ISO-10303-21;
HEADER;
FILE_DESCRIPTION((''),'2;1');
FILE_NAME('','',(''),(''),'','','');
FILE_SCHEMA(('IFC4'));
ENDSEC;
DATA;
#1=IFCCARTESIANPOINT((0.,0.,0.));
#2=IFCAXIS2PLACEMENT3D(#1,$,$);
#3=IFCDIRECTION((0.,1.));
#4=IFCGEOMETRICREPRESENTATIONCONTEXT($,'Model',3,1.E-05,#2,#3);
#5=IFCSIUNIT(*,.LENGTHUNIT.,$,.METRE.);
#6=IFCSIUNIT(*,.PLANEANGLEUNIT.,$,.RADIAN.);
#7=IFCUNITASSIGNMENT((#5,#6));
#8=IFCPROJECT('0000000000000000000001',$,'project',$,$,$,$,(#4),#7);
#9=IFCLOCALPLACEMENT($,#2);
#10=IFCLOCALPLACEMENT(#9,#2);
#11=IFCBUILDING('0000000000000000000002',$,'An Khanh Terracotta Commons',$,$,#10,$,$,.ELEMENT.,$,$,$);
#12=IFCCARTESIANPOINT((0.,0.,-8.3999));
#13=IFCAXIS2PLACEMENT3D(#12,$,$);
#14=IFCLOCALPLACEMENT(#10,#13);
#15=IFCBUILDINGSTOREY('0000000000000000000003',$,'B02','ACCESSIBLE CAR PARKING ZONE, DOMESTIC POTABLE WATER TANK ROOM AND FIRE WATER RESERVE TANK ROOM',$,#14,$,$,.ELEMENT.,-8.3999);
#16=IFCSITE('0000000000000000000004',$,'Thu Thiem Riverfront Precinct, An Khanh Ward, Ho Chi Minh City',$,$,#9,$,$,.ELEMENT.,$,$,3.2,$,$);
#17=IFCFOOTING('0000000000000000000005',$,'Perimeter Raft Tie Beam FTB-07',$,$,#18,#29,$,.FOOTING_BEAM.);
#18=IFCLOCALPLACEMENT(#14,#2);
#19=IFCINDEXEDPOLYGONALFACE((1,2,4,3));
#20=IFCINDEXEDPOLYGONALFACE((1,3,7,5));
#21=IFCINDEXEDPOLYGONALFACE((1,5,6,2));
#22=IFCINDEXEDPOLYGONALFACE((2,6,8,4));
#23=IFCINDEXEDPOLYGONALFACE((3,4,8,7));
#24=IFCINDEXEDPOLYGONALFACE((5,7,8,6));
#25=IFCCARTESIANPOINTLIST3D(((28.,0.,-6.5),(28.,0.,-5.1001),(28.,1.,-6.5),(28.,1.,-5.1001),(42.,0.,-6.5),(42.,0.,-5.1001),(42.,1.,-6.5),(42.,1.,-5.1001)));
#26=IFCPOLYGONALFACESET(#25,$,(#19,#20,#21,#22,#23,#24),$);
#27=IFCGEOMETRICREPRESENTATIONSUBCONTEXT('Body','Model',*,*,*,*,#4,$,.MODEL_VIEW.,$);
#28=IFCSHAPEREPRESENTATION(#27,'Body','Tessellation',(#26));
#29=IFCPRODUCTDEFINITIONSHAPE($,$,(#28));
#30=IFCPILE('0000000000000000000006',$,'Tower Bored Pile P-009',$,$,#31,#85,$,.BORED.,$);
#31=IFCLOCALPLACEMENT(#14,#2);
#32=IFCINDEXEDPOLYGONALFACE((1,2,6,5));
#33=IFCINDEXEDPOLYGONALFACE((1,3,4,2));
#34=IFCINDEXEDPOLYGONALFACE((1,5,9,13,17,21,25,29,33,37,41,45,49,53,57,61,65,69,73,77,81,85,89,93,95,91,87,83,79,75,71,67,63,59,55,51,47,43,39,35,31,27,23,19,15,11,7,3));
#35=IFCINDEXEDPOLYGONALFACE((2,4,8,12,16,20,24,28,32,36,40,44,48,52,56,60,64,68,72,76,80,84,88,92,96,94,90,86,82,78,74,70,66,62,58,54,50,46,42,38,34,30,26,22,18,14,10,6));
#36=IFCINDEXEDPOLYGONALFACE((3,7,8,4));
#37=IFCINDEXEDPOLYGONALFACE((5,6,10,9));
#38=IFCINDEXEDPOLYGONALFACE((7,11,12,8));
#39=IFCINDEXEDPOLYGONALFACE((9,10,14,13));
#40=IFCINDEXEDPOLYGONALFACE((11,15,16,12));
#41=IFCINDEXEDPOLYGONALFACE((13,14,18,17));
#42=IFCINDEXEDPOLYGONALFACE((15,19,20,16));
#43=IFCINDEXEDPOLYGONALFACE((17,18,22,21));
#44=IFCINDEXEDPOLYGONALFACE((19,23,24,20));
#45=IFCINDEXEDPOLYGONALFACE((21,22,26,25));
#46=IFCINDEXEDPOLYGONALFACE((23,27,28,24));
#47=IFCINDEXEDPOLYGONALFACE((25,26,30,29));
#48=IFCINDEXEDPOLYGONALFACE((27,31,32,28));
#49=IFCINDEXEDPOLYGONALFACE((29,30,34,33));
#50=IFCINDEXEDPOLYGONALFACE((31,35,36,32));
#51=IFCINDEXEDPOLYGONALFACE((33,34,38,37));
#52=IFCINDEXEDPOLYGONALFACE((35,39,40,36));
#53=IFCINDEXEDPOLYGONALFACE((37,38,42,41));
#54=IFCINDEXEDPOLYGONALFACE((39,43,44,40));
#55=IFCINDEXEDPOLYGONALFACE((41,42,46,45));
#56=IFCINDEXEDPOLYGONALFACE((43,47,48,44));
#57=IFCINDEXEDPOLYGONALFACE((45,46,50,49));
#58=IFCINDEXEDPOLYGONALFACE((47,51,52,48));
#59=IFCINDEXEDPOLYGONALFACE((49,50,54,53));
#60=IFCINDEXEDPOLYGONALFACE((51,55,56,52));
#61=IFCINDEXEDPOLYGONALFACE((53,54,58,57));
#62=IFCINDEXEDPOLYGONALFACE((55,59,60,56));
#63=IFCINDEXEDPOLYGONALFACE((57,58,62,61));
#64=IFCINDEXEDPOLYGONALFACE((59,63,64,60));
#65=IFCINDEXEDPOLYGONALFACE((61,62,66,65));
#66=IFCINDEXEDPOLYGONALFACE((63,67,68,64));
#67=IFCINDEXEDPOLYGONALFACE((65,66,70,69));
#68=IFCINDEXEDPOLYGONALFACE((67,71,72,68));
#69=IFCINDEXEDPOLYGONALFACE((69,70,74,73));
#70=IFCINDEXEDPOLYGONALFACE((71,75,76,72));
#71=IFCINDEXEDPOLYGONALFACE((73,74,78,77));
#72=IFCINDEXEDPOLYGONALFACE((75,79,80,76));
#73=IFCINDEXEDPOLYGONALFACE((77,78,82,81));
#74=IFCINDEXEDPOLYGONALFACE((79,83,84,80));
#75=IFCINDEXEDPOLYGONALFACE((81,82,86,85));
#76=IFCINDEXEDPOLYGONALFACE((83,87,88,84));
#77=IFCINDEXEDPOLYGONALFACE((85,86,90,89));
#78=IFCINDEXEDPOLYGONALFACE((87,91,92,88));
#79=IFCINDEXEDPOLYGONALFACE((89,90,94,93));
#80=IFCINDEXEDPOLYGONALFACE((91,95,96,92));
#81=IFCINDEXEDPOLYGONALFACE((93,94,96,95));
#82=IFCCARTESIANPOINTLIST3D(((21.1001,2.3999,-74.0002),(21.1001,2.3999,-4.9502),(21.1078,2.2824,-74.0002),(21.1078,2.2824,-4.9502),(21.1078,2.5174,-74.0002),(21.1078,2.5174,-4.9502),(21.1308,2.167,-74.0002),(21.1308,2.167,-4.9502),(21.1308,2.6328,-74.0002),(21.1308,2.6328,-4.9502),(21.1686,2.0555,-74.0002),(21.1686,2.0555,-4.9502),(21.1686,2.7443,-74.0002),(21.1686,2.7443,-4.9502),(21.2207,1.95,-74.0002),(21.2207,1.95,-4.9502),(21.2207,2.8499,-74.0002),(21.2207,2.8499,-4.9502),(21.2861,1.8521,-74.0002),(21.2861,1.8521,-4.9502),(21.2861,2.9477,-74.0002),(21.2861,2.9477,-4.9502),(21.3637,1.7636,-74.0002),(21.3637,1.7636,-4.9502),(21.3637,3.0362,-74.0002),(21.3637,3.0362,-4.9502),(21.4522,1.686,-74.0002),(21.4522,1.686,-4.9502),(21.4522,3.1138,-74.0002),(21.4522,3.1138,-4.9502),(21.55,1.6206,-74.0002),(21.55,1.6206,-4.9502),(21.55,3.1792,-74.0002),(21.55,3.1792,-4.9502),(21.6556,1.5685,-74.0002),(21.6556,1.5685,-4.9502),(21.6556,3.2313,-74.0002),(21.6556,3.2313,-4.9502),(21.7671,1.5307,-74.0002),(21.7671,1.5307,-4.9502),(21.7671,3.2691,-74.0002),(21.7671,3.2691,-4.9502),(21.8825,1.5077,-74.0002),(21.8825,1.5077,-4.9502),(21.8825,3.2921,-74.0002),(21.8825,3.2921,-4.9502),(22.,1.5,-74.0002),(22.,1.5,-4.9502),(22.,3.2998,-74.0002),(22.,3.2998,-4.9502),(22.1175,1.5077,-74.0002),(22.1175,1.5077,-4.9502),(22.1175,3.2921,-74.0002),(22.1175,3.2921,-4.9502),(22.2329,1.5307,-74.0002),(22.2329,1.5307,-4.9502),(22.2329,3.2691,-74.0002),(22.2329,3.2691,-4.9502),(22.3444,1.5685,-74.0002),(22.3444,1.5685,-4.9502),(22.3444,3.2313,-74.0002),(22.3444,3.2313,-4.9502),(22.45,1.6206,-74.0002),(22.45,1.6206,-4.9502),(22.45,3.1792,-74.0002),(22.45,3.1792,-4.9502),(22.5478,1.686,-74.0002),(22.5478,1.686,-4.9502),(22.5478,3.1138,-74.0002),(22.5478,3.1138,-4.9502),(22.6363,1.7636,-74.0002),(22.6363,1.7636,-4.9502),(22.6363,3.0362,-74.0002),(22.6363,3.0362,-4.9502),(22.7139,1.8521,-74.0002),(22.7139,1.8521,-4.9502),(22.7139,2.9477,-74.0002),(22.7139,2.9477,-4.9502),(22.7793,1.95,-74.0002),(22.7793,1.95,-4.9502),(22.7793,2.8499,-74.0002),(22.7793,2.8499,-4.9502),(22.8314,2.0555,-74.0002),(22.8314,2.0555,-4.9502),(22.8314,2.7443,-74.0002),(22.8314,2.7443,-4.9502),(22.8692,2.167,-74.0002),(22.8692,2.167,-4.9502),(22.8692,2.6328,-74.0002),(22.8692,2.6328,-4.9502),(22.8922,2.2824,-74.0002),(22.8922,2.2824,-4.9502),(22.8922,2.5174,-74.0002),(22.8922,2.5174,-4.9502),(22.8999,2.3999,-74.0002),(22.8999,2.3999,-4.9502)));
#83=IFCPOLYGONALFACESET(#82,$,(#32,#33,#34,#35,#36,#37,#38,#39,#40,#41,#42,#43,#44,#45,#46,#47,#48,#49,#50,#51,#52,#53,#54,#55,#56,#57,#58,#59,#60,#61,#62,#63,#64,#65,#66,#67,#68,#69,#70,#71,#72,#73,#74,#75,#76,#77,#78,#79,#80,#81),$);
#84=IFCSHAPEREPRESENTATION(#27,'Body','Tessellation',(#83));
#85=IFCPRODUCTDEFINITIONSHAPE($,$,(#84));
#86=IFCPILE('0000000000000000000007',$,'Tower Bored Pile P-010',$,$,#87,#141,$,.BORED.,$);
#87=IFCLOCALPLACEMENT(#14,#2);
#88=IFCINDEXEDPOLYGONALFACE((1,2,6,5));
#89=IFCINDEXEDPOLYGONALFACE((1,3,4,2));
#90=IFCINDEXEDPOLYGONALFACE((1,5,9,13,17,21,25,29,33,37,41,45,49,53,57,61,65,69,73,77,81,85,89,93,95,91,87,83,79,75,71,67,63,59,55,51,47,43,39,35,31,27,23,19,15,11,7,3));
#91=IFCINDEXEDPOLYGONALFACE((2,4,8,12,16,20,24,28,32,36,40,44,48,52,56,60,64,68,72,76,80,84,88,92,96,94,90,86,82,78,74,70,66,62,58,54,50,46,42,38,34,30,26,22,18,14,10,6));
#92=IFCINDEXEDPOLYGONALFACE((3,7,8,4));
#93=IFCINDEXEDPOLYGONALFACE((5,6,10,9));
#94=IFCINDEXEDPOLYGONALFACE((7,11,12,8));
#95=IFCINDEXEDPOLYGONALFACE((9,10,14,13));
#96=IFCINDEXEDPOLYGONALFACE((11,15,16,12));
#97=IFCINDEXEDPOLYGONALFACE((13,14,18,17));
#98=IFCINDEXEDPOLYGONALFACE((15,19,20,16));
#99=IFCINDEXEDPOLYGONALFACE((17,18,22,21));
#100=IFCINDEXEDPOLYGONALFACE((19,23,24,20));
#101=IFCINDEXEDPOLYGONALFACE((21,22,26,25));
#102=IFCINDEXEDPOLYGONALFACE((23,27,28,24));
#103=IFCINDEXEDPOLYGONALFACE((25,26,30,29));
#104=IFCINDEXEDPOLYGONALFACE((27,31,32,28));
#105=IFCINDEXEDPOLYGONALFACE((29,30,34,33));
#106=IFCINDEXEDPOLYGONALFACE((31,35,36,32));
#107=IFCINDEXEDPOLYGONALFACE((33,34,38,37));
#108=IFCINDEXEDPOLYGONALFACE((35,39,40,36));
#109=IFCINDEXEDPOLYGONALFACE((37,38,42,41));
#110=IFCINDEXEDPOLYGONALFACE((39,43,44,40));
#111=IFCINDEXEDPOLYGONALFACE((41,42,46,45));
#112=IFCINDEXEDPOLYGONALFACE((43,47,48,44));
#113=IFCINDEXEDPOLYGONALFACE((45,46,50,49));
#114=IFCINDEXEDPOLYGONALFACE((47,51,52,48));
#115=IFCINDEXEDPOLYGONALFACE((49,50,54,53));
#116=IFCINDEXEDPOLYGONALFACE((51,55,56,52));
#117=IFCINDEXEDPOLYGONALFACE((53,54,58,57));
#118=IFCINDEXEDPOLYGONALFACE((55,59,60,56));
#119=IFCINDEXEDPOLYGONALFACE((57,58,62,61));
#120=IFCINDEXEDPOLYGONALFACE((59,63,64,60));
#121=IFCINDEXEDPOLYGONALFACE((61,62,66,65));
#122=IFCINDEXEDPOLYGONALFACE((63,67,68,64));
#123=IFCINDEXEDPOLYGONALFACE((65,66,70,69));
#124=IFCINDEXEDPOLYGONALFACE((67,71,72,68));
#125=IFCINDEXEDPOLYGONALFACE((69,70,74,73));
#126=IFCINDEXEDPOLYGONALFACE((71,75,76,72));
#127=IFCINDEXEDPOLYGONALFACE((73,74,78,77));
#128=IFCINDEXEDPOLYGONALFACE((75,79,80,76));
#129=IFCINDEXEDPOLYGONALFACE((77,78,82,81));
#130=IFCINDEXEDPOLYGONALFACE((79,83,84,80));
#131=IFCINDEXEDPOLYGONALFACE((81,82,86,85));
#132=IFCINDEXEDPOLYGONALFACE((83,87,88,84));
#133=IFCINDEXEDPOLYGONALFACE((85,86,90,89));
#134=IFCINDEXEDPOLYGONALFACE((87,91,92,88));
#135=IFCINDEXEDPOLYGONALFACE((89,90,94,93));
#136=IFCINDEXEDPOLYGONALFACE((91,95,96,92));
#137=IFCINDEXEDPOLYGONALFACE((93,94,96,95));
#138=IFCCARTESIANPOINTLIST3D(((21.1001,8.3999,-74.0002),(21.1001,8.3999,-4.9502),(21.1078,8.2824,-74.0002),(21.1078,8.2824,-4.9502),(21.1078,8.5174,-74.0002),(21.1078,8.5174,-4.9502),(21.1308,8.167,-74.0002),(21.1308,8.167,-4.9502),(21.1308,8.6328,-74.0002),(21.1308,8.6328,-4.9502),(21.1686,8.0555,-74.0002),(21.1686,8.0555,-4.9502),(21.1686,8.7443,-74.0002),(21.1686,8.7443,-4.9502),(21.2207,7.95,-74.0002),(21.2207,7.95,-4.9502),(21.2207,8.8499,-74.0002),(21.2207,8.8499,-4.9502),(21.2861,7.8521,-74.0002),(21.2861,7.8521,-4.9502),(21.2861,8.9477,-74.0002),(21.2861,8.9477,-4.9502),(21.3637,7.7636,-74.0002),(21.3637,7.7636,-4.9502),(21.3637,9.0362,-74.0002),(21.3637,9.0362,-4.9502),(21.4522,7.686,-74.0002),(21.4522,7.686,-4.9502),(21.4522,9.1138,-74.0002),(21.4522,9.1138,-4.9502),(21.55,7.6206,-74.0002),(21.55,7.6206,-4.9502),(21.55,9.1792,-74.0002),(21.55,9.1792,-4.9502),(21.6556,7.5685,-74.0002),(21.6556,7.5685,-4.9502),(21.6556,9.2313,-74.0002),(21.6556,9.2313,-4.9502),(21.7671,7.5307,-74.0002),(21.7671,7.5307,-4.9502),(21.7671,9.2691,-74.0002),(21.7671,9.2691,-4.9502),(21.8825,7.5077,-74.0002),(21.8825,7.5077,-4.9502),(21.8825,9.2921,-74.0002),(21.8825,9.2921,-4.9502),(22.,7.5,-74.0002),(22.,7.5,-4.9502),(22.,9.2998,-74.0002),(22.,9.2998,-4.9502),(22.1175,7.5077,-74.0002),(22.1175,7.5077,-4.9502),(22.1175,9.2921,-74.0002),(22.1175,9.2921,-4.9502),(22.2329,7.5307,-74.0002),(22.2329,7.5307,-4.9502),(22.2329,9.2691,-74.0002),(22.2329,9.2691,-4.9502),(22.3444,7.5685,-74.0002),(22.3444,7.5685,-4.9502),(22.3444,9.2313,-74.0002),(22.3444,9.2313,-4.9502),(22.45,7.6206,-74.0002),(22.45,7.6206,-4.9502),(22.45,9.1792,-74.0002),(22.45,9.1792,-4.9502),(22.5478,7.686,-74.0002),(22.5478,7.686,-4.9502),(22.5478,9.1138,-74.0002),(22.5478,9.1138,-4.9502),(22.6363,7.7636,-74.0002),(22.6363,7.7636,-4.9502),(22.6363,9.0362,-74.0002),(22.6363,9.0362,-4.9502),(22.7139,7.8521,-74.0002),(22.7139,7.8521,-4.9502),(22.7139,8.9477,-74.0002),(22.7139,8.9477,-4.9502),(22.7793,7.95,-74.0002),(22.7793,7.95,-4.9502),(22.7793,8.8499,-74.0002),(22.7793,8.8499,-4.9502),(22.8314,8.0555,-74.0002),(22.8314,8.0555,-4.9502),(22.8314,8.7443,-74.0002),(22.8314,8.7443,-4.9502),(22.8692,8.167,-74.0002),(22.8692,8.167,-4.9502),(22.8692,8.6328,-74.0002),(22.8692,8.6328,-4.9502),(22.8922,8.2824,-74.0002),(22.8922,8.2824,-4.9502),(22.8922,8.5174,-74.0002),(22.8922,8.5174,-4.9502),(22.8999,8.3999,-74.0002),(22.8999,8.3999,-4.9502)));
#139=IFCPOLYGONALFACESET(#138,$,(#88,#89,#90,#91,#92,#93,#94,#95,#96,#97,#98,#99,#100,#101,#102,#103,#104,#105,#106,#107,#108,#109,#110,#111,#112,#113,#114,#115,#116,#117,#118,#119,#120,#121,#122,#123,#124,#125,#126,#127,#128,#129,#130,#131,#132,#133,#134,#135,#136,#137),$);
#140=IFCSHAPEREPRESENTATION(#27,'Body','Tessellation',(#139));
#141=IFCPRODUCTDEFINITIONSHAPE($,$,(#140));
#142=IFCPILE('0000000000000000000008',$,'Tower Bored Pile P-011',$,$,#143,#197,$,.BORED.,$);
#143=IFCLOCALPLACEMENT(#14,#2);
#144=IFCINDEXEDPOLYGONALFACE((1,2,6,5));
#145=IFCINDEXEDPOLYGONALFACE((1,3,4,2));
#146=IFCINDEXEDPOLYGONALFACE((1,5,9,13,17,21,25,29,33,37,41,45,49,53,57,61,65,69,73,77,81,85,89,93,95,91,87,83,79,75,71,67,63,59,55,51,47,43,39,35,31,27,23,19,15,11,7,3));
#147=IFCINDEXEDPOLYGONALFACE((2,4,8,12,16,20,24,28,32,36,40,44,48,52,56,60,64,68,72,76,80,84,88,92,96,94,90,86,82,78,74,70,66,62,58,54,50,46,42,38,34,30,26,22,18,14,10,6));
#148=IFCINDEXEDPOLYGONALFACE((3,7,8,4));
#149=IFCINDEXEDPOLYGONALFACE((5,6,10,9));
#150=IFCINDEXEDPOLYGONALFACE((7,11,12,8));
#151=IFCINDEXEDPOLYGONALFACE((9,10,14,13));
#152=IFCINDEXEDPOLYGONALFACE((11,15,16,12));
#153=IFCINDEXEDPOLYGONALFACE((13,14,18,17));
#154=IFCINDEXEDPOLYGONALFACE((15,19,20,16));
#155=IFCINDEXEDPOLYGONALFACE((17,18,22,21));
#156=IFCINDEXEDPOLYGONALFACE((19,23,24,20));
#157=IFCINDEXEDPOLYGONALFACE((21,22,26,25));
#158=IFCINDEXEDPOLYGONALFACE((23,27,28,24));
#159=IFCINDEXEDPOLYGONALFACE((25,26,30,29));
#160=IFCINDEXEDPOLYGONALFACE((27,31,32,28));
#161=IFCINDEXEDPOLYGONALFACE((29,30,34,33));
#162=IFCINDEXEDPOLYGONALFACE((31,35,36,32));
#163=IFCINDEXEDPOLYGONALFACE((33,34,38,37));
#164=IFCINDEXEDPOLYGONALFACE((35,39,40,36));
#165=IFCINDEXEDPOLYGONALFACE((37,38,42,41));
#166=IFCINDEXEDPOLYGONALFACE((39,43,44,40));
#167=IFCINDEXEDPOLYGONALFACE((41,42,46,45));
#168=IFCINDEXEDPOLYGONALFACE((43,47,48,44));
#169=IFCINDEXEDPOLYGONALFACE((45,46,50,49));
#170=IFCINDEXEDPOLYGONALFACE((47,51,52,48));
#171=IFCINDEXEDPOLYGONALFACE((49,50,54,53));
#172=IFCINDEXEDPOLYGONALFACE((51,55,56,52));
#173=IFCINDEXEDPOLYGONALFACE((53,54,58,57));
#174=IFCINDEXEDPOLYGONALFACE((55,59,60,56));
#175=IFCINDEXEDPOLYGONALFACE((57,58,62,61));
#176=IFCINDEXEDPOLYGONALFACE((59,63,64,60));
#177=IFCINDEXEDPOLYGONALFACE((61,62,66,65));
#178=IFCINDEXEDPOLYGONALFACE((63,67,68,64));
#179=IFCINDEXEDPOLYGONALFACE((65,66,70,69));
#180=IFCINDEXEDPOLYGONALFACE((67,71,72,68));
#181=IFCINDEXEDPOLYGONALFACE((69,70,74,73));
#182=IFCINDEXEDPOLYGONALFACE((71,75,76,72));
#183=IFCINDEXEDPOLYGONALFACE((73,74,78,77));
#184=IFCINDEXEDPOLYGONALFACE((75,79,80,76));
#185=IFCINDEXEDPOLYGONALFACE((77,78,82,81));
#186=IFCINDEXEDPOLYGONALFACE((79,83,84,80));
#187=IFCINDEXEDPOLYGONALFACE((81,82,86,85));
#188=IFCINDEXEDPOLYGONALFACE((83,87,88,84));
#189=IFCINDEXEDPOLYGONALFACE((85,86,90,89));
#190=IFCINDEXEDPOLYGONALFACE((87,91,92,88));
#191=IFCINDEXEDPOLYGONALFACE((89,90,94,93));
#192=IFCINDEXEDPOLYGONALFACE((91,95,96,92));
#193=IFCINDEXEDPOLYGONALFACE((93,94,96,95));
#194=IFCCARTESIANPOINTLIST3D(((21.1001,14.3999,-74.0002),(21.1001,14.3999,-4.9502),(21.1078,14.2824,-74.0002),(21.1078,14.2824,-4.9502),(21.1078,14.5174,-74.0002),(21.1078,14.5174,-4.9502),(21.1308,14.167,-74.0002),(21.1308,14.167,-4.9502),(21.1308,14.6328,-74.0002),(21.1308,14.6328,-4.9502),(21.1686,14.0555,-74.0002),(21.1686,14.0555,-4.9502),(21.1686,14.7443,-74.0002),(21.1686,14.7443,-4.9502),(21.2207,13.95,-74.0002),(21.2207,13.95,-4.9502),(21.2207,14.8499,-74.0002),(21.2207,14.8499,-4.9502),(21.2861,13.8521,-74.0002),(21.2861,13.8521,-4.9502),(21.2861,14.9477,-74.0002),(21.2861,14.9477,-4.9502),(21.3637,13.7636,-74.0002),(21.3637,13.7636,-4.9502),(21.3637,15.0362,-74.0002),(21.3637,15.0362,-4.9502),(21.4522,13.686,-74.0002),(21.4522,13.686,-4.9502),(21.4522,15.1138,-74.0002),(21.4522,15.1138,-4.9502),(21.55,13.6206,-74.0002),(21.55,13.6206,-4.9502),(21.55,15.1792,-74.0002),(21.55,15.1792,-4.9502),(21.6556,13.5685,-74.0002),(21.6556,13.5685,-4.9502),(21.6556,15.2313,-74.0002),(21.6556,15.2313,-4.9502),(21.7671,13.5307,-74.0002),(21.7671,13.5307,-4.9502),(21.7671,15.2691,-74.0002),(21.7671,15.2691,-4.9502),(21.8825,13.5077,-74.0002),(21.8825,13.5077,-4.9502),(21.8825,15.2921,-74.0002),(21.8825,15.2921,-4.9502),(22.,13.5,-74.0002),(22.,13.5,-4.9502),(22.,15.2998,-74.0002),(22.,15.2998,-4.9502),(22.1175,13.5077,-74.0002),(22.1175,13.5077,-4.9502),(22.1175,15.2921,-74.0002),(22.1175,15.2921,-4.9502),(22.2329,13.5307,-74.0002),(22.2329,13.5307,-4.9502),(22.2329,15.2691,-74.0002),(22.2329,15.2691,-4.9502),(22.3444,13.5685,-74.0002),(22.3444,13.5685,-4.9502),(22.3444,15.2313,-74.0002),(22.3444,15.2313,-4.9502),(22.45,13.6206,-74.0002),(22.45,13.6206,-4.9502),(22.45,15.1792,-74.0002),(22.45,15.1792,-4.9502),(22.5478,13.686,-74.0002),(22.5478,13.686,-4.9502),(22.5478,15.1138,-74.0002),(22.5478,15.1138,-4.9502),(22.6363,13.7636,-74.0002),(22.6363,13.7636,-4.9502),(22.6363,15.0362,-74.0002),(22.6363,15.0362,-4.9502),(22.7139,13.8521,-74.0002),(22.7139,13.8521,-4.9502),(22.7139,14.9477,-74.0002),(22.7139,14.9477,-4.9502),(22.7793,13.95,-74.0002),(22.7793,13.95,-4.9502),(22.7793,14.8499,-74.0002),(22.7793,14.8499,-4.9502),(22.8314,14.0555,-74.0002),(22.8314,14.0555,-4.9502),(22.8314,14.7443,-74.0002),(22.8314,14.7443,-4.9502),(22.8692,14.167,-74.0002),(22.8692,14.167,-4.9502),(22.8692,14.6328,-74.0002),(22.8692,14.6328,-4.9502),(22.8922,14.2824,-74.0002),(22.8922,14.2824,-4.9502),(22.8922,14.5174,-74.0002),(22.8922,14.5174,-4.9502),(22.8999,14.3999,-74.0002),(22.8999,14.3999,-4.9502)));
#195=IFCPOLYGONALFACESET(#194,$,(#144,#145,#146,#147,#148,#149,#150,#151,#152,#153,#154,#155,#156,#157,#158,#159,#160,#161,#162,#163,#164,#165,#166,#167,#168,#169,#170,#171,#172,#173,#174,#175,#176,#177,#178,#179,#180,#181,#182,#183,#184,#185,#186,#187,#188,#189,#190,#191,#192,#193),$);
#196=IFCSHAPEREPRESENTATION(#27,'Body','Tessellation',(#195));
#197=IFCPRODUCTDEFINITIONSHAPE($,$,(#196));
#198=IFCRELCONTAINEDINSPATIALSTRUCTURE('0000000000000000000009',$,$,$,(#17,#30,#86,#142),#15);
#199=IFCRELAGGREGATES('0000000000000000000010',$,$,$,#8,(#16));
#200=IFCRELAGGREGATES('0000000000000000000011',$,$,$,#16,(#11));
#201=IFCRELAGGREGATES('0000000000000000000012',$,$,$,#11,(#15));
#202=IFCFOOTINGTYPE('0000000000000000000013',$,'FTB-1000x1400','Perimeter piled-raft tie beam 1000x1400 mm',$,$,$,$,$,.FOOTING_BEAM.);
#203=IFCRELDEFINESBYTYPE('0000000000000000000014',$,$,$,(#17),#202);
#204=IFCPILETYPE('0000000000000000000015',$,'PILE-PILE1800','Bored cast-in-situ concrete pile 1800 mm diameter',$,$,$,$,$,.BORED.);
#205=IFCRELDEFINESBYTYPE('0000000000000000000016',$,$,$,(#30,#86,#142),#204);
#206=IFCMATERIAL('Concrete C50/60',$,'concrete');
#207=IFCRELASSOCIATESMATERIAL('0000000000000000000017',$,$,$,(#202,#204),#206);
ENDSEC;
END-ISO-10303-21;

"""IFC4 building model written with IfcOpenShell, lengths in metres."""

from ifc_helpers import new_model, si_unit, direction, frame, origin, origin_2d, place, context, subcontext, project, spatial, rectangle, circle, extrude, material, material_profile, profile_set, type_object, element, save


model = new_model("IFC4")

# Units and contexts
model_context = context("Model", 3, precision=1e-05, world=origin(), true_north=direction((0.0, 1.0)))
body_context = subcontext(model_context, "Body", "Model", "MODEL_VIEW")
ifc_project = project(units=[si_unit("LENGTHUNIT", "METRE"), si_unit("PLANEANGLEUNIT", "RADIAN")], contexts=[model_context])

# Site, building, storey
site_placement = place(None, origin())
site = spatial("IfcSite", under=ifc_project, at=site_placement, Name="Thu Thiem Riverfront Precinct, An Khanh Ward, Ho Chi Minh City", CompositionType="ELEMENT", RefElevation=3.2)
building_placement = place(site_placement, origin())
building = spatial("IfcBuilding", under=site, at=building_placement, Name="An Khanh Terracotta Commons", CompositionType="ELEMENT")
storey_placement = place(building_placement, frame((0.0, 0.0, -8.3999)))
storey = spatial("IfcBuildingStorey", under=building, at=storey_placement, Name="B02", Description="ACCESSIBLE CAR PARKING ZONE, DOMESTIC POTABLE WATER TANK ROOM AND FIRE WATER RESERVE TANK ROOM", CompositionType="ELEMENT", Elevation=-8.3999)

# Footing
ifc_material_1 = material(Name="Concrete C50/60", Category="concrete")
ifc_material_profile_1 = material_profile(ifc_material_1, rectangle(XDim=1.0, YDim=1.3999, at=origin_2d()), Name="FTB1000x1400")
ifc_profile_set_1 = profile_set([ifc_material_profile_1], Name="Concrete C50/60")
footing_type = type_object("IfcFootingType", Name="FTB-1000x1400", Description="Perimeter piled-raft tie beam 1000x1400 mm", PredefinedType="FOOTING_BEAM", material=ifc_profile_set_1)
footing_placement = place(storey_placement, frame((28.0, 0.5, -5.8), z_axis=(1.0, 0.0, 0.0), x_axis=(0.0, 1.0, 0.0)))
element("IfcFooting", 1, at=footing_placement, inside=storey, type_object=footing_type, Name="Perimeter Raft Tie Beam FTB-07", PredefinedType="FOOTING_BEAM", context=body_context, shape_type="SweptSolid", body=[
    extrude(rectangle(XDim=1.0, YDim=1.3999, at=origin_2d()), origin(), (0.0, 0.0, 1.0), 14.0),
])

# Piles
ifc_material_profile_2 = material_profile(ifc_material_1, circle(Radius=0.8999, at=origin_2d()), Name="PILE1800")
ifc_profile_set_2 = profile_set([ifc_material_profile_2], Name="Concrete C50/60")
pile_type = type_object("IfcPileType", Name="PILE-PILE1800", Description="Bored cast-in-situ concrete pile 1800 mm diameter", PredefinedType="BORED", material=ifc_profile_set_2)
for number, where, z_axis, x_axis, name in (
    (2, (22.0, 2.3999, -4.9502), (0.0, 0.0, -1.0), (1.0, 0.0, 0.0), "Tower Bored Pile P-009"),
    (3, (22.0, 8.3999, -4.9502), (0.0, 0.0, -1.0), (1.0, 0.0, 0.0), "Tower Bored Pile P-010"),
    (4, (22.0, 14.3999, -4.9502), (0.0, 0.0, -1.0), (1.0, 0.0, 0.0), "Tower Bored Pile P-011"),
):
    element("IfcPile", number, at=place(storey_placement, frame(where, z_axis=z_axis, x_axis=x_axis)), inside=storey, type_object=pile_type, Name=name, PredefinedType="BORED", context=body_context, shape_type="SweptSolid", body=[
        extrude(circle(Radius=0.8999, at=origin_2d()), origin(), (0.0, 0.0, 1.0), 69.05),
    ])

save(model, "model.ifc")
